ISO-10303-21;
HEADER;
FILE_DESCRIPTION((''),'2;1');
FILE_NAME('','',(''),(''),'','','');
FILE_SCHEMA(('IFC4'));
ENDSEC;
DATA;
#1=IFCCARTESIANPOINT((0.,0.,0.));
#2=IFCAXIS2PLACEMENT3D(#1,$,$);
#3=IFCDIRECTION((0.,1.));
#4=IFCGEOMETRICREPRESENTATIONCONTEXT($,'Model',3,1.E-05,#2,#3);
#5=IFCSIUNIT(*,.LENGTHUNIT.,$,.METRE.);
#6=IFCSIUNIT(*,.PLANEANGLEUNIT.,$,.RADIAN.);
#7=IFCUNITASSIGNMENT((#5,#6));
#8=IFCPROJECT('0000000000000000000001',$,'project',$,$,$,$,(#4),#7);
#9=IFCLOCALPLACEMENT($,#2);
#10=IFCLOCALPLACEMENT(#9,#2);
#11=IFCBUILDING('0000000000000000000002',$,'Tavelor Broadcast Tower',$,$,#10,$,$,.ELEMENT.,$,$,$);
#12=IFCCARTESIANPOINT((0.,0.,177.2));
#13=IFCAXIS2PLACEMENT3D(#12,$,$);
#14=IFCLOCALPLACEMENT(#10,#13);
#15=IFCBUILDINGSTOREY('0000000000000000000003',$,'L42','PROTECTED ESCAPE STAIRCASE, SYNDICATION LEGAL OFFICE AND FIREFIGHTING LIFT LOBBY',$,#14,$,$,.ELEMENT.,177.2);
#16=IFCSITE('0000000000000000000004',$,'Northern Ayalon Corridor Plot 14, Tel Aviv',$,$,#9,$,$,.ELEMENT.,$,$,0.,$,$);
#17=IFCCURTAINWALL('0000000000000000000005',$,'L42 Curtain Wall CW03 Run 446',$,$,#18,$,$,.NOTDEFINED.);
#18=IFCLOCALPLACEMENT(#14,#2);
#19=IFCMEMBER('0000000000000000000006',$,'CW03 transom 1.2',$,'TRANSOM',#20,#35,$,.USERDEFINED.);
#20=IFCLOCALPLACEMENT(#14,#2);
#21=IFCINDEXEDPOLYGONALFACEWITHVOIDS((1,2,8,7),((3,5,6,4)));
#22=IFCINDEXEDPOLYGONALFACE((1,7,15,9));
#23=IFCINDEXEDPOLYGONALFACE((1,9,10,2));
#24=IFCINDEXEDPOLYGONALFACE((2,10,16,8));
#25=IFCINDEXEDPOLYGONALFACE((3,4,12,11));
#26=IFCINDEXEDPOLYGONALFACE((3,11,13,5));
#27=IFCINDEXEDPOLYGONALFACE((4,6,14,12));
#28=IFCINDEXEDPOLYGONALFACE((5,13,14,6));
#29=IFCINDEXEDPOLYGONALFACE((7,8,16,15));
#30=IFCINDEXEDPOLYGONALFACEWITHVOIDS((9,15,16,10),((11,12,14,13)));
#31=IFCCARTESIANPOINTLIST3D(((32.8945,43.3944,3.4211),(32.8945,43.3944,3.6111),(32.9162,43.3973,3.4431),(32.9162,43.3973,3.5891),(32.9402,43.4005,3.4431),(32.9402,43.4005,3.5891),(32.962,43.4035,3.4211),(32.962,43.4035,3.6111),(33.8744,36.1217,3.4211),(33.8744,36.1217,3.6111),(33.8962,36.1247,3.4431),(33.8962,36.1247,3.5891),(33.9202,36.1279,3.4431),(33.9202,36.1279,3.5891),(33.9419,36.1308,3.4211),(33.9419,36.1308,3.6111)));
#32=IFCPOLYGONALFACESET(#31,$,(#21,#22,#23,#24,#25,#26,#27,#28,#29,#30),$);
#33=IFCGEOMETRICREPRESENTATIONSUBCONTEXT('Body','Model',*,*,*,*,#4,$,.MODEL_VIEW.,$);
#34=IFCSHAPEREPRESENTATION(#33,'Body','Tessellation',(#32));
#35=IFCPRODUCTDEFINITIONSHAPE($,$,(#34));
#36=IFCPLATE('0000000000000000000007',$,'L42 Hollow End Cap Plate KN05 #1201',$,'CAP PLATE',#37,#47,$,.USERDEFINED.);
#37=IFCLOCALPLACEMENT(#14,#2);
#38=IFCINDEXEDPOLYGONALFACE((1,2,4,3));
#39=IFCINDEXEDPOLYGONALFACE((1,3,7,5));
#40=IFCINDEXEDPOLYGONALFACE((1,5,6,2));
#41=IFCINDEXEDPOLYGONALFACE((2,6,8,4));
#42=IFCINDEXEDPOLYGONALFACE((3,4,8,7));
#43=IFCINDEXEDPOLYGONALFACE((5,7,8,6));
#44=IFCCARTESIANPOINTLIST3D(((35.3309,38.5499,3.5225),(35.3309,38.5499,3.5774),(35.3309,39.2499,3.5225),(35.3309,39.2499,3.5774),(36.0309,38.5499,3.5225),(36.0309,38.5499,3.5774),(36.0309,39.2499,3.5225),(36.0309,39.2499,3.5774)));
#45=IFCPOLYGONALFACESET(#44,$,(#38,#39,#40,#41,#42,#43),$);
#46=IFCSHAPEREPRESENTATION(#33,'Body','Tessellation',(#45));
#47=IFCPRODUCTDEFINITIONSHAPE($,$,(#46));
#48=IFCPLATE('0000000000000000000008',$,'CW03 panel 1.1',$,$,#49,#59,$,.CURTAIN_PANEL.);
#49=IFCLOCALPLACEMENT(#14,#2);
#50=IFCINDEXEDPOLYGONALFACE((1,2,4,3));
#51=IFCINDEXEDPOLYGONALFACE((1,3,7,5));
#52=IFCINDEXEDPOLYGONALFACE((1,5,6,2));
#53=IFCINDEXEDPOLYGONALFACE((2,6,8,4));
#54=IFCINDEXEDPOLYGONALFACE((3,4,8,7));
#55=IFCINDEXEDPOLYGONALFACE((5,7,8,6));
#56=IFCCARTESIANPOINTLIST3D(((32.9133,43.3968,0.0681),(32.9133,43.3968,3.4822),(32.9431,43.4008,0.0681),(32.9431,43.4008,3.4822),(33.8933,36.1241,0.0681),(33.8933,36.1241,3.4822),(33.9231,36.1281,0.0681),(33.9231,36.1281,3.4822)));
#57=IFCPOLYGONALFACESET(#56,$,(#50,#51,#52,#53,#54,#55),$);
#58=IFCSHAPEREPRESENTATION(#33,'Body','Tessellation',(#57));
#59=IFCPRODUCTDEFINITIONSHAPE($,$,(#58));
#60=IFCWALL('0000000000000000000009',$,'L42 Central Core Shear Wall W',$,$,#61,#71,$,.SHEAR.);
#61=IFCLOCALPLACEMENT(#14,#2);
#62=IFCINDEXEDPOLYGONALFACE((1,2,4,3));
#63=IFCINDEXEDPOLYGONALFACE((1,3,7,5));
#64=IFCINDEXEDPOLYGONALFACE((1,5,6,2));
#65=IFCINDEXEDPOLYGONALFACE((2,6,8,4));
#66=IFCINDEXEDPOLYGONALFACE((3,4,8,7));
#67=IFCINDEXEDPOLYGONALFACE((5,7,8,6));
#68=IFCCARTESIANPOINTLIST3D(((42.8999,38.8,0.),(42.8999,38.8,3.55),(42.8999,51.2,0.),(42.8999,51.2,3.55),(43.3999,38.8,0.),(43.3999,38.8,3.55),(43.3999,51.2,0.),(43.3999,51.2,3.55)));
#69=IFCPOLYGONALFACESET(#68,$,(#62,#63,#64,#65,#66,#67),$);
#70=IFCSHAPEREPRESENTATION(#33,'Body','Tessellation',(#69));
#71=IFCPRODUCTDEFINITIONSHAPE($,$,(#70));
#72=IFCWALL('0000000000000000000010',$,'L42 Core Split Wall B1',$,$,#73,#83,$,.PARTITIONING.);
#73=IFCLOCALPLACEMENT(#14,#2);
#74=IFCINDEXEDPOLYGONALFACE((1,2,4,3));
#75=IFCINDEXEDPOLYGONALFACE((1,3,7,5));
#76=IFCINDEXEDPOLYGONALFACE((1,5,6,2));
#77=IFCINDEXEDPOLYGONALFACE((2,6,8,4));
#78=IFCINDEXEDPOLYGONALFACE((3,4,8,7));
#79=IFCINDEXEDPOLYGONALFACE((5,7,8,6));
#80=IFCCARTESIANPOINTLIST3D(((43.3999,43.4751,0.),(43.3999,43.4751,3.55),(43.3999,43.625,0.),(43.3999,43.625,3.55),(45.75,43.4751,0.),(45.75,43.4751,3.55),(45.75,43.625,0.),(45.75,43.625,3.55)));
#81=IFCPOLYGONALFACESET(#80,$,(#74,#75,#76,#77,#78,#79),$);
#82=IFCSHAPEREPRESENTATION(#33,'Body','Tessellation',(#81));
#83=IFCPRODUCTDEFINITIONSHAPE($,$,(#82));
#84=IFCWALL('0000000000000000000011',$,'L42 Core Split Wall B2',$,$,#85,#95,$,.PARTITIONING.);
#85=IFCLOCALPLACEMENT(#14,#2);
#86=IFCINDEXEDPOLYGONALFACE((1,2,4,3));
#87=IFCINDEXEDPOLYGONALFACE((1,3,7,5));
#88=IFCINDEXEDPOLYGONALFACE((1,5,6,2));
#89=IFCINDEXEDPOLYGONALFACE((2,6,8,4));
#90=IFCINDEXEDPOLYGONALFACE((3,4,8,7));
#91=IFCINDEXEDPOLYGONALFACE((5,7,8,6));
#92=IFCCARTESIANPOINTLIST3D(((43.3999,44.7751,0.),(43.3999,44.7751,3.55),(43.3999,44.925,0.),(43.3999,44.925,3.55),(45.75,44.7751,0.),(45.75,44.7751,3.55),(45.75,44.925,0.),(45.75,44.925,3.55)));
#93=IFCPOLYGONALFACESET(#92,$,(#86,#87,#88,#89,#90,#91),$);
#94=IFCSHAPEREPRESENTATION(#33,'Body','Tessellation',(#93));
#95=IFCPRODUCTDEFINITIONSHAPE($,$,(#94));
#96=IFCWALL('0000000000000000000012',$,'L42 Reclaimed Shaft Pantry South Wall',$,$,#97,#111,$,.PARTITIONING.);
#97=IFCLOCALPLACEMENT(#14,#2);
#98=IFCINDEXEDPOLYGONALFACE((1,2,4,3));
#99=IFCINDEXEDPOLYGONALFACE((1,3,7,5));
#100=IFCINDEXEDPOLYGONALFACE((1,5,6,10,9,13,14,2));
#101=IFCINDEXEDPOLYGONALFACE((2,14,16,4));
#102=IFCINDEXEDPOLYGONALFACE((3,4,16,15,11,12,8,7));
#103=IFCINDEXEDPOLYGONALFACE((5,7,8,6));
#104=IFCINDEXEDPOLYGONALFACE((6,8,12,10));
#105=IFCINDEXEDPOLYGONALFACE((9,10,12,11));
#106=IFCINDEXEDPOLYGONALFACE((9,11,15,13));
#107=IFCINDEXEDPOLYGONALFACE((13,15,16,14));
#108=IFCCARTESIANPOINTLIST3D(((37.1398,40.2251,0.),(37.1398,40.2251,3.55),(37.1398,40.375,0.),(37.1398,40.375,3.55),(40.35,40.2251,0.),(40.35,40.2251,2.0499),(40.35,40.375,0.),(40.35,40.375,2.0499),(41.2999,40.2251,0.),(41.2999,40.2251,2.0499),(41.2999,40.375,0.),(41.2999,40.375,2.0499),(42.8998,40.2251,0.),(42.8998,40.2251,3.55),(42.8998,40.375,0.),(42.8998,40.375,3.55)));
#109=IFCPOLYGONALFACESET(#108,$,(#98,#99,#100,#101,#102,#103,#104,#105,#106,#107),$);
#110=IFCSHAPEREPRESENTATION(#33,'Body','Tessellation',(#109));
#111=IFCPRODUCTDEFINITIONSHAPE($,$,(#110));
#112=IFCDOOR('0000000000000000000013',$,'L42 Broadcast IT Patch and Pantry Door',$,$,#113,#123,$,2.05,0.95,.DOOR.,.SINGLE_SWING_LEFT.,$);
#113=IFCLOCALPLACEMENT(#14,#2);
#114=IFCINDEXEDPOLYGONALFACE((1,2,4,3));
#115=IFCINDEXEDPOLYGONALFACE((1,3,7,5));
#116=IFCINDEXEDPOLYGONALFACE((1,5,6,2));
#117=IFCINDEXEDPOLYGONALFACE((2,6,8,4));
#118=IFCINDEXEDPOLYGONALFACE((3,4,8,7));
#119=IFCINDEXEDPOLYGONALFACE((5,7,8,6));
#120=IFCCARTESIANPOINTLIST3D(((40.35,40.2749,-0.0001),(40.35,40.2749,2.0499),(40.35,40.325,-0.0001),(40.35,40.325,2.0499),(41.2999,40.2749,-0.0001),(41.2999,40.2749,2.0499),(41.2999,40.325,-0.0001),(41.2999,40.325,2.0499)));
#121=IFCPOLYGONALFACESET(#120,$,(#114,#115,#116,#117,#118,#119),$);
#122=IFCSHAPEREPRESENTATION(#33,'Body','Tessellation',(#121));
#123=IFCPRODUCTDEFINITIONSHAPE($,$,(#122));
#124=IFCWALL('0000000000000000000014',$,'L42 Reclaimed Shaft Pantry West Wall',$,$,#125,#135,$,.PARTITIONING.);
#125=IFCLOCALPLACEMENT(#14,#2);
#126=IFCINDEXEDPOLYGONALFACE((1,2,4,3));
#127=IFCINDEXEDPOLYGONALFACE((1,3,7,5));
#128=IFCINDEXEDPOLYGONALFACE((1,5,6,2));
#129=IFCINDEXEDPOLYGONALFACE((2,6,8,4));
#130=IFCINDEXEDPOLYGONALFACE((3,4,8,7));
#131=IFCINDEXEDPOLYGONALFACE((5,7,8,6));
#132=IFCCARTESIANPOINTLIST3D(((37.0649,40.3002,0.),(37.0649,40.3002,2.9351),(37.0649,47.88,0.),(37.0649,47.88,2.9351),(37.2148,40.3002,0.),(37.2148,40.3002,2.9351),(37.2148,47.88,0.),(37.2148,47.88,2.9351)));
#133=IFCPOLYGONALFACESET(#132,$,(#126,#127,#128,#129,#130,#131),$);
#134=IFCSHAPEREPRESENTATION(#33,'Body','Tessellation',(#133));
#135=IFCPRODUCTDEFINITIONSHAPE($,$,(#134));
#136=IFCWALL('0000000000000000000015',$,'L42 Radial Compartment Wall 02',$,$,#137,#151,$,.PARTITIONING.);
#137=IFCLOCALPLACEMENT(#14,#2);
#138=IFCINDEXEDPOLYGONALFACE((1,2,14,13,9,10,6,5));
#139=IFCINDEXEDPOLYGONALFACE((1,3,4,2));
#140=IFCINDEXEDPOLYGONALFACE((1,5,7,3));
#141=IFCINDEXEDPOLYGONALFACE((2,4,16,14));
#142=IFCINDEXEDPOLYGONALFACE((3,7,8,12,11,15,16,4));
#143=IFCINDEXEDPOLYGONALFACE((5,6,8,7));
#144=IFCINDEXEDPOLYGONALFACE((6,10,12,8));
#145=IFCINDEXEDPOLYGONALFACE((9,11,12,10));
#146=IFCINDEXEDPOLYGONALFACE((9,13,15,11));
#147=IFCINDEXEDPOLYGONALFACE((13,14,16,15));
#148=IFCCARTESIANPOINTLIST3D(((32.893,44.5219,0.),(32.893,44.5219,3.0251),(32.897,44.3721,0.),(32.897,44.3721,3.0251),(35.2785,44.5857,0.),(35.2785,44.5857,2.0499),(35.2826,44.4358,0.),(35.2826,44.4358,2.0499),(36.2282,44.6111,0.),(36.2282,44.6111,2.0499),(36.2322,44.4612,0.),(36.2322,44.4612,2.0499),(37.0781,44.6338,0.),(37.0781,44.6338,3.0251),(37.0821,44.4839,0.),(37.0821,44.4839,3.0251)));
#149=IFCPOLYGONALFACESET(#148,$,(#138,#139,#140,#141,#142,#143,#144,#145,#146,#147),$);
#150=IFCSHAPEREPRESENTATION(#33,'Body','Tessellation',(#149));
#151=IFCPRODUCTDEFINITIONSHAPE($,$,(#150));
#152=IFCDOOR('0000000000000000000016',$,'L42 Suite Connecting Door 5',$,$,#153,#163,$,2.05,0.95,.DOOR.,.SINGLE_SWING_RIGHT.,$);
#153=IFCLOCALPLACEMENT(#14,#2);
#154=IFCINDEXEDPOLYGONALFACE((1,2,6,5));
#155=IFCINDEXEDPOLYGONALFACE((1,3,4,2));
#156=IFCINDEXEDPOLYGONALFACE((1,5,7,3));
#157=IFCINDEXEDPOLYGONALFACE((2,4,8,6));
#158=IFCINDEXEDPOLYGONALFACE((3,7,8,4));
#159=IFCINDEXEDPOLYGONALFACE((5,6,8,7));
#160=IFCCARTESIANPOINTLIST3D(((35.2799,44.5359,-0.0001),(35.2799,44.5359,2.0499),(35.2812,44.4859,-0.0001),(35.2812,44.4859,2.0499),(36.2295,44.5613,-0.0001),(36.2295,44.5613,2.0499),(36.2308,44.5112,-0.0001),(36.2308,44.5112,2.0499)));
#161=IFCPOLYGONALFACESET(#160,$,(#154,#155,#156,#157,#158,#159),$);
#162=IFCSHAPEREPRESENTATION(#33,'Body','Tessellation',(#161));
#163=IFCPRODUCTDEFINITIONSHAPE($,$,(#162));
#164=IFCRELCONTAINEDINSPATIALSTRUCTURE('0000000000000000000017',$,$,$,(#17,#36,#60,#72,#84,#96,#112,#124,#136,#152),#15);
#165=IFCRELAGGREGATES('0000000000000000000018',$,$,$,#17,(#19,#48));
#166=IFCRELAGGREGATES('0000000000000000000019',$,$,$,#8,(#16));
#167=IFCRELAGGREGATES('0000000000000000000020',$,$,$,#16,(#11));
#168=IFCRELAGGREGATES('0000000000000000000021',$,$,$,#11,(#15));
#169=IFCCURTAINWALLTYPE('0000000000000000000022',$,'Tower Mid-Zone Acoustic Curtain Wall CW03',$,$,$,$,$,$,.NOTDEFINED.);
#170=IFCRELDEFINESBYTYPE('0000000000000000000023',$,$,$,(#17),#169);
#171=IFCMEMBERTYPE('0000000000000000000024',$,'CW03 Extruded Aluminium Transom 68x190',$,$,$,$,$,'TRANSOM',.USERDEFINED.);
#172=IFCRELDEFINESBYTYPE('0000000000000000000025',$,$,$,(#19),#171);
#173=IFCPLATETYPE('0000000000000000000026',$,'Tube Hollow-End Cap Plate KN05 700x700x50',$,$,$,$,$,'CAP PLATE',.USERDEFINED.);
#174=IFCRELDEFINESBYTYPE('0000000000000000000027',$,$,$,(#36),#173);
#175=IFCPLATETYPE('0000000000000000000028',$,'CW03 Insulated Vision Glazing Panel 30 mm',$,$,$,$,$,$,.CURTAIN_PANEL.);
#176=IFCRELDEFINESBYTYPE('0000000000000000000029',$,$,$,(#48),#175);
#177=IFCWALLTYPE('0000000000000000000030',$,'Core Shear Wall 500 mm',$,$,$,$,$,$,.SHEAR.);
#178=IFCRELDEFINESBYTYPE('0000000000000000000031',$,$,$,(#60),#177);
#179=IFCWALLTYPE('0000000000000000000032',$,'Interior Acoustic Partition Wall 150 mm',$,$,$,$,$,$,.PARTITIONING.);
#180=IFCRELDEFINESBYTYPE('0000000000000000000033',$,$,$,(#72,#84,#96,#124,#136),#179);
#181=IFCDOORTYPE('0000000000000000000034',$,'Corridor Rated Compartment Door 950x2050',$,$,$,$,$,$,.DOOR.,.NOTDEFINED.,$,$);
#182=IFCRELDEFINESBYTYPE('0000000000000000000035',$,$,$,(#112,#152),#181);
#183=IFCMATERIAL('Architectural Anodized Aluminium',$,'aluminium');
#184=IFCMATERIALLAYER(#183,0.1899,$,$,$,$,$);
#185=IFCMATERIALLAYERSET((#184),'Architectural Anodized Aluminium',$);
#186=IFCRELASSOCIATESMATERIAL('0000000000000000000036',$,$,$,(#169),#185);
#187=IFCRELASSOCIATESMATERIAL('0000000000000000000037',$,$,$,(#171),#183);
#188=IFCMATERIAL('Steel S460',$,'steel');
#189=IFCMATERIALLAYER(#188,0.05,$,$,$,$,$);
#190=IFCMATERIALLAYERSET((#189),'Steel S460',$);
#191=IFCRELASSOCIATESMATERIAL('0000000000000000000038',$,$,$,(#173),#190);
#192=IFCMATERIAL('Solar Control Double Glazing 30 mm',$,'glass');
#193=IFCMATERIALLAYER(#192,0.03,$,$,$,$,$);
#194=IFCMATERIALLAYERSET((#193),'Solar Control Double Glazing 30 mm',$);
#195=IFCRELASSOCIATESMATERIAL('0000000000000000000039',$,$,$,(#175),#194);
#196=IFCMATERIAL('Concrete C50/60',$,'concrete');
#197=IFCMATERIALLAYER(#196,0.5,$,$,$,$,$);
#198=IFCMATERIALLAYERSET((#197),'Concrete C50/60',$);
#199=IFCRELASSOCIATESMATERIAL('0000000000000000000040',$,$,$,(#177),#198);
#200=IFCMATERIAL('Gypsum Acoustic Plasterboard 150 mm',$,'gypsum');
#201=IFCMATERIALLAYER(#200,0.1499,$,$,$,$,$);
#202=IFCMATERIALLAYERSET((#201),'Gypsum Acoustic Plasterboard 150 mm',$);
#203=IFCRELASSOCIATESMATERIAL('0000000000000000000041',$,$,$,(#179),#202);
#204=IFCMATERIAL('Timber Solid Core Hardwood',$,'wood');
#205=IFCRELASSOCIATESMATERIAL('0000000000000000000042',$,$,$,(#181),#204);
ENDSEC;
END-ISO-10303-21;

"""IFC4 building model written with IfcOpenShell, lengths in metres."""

from ifc_helpers import new_model, si_unit, direction, frame, frame_2d, origin, origin_2d, place, context, subcontext, project, spatial, rectangle, hollow_rectangle, extrude, source, transform, mapped, material, layer, layer_set, material_profile, profile_set, type_object, type_shapes, element, fill, aggregate, save


model = new_model("IFC4")

# Units and contexts
model_context = context("Model", 3, precision=1e-05, world=origin(), true_north=direction((0.0, 1.0)))
body_context = subcontext(model_context, "Body", "Model", "MODEL_VIEW")
ifc_project = project(units=[si_unit("LENGTHUNIT", "METRE"), si_unit("PLANEANGLEUNIT", "RADIAN")], contexts=[model_context])

# Site, building, storey
site_placement = place(None, origin())
site = spatial("IfcSite", under=ifc_project, at=site_placement, Name="Northern Ayalon Corridor Plot 14, Tel Aviv", CompositionType="ELEMENT", RefElevation=0.0)
building_placement = place(site_placement, origin())
building = spatial("IfcBuilding", under=site, at=building_placement, Name="Tavelor Broadcast Tower", CompositionType="ELEMENT")
storey_placement = place(building_placement, frame((0.0, 0.0, 177.2)))
storey = spatial("IfcBuildingStorey", under=building, at=storey_placement, Name="L42", Description="PROTECTED ESCAPE STAIRCASE, SYNDICATION LEGAL OFFICE AND FIREFIGHTING LIFT LOBBY", CompositionType="ELEMENT", Elevation=177.2)

# Shared definitions
ifc_material_1 = material(Name="Concrete C50/60", Category="concrete")
ifc_material_2 = material(Name="Steel S460", Category="steel")

# Shared definitions
ifc_material_3 = material(Name="Architectural Anodized Aluminium", Category="aluminium")
ifc_layer_1 = layer(ifc_material_3, 0.1899)
ifc_layer_set_1 = layer_set([ifc_layer_1], Name="Architectural Anodized Aluminium")
curtain_wall_type = type_object("IfcCurtainWallType", Name="Tower Mid-Zone Acoustic Curtain Wall CW03", PredefinedType="NOTDEFINED", material=ifc_layer_set_1)

# Curtain wall, member
curtain_wall_1_placement = place(storey_placement, origin())
curtain_wall_1 = element("IfcCurtainWall", 1, at=curtain_wall_1_placement, inside=storey, type_object=curtain_wall_type, Name="L42 Curtain Wall CW03 Run 446", PredefinedType="NOTDEFINED")
ifc_material_profile_1 = material_profile(ifc_material_3, hollow_rectangle(XDim=0.0681, YDim=0.1899, WallThickness=0.022, at=origin_2d()), Name="RHS 68x190x22")
ifc_profile_set_1 = profile_set([ifc_material_profile_1], Name="Architectural Anodized Aluminium")
member_type_1 = type_object("IfcMemberType", Name="CW03 Extruded Aluminium Transom 68x190", ElementType="TRANSOM", PredefinedType="USERDEFINED", material=ifc_profile_set_1)
shared_shape_1 = source(origin(), body_context, "Body", "SweptSolid", [
    extrude(hollow_rectangle(XDim=0.0681, YDim=0.1899, WallThickness=0.022, at=origin_2d()), origin(), (0.0, 0.0, 1.0), 7.3384),
])
type_shapes(member_type_1, [shared_shape_1])
member_1_placement = place(storey_placement, frame((32.9282, 43.3989, 3.5161), z_axis=(0.133541, -0.991043, 0.0), x_axis=(0.991043, 0.133541, 0.0)))
member_1 = element("IfcMember", 2, at=member_1_placement, type_object=member_type_1, Name="CW03 transom 1.2", ObjectType="TRANSOM", PredefinedType="USERDEFINED", context=body_context, shape_type="MappedRepresentation", body=[
    mapped(shared_shape_1, transform((0.0, 0.0, 0.0), scale=1.0)),
])

# Plates
ifc_layer_2 = layer(ifc_material_2, 0.05)
ifc_layer_set_2 = layer_set([ifc_layer_2], Name="Steel S460")
plate_type_1 = type_object("IfcPlateType", Name="Tube Hollow-End Cap Plate KN05 700x700x50", ElementType="CAP PLATE", PredefinedType="USERDEFINED", material=ifc_layer_set_2)
shared_shape_2 = source(origin(), body_context, "Body", "SweptSolid", [
    extrude(rectangle(XDim=0.7, YDim=0.7, at=origin_2d()), origin(), (0.0, 0.0, 1.0), 0.0549),
])
type_shapes(plate_type_1, [shared_shape_2])
plate_1_placement = place(storey_placement, frame((35.6809, 38.8999, 3.5225), z_axis=(0.0, 0.0, 1.0), x_axis=(1.0, 0.0, 0.0)))
element("IfcPlate", 3, at=plate_1_placement, inside=storey, type_object=plate_type_1, Name="L42 Hollow End Cap Plate KN05 #1201", ObjectType="CAP PLATE", PredefinedType="USERDEFINED", context=body_context, shape_type="MappedRepresentation", body=[
    mapped(shared_shape_2, transform((0.0, 0.0, 0.0), scale=1.0)),
])
ifc_material_4 = material(Name="Solar Control Double Glazing 30 mm", Category="glass")
ifc_layer_3 = layer(ifc_material_4, 0.03)
ifc_layer_set_3 = layer_set([ifc_layer_3], Name="Solar Control Double Glazing 30 mm")
plate_type_2 = type_object("IfcPlateType", Name="CW03 Insulated Vision Glazing Panel 30 mm", PredefinedType="CURTAIN_PANEL", material=ifc_layer_set_3)
shared_shape_3 = source(origin(), body_context, "Body", "SweptSolid", [
    extrude(rectangle(XDim=7.3384, YDim=0.03, at=origin_2d()), origin(), (0.0, 0.0, 1.0), 3.4141),
])
type_shapes(plate_type_2, [shared_shape_3])
plate_2_placement = place(storey_placement, frame((33.4182, 39.7625, 0.0681), z_axis=(0.0, 0.0, 1.0), x_axis=(0.133548, -0.991042, 0.0)))
plate_2 = element("IfcPlate", 4, at=plate_2_placement, type_object=plate_type_2, Name="CW03 panel 1.1", PredefinedType="CURTAIN_PANEL", context=body_context, shape_type="MappedRepresentation", body=[
    mapped(shared_shape_3, transform((0.0, 0.0, 0.0), scale=1.0)),
])
aggregate(curtain_wall_1, [member_1, plate_2])

# Wall
ifc_layer_4 = layer(ifc_material_1, 0.5)
ifc_layer_set_4 = layer_set([ifc_layer_4], Name="Concrete C50/60")
wall_type_1 = type_object("IfcWallType", Name="Core Shear Wall 500 mm", PredefinedType="SHEAR", material=ifc_layer_set_4)
wall_1_placement = place(storey_placement, frame((43.1499, 38.8, 0.0), z_axis=(0.0, 0.0, 1.0), x_axis=(0.0, 1.0, 0.0)))
element("IfcWall", 5, at=wall_1_placement, inside=storey, type_object=wall_type_1, Name="L42 Central Core Shear Wall W", PredefinedType="SHEAR", context=body_context, shape_type="SweptSolid", body=[
    extrude(rectangle(XDim=12.3999, YDim=0.5, at=frame_2d((6.2, 0.0))), origin(), (0.0, 0.0, 1.0), 3.55),
])

# Walls
ifc_material_5 = material(Name="Gypsum Acoustic Plasterboard 150 mm", Category="gypsum")
ifc_layer_5 = layer(ifc_material_5, 0.1499)
ifc_layer_set_5 = layer_set([ifc_layer_5], Name="Gypsum Acoustic Plasterboard 150 mm")
wall_type_2 = type_object("IfcWallType", Name="Interior Acoustic Partition Wall 150 mm", PredefinedType="PARTITIONING", material=ifc_layer_set_5)
for number, where, z_axis, x_axis, name in (
    (6, (43.3999, 43.55, 0.0), (0.0, 0.0, 1.0), (1.0, 0.0, 0.0), "L42 Core Split Wall B1"),
    (7, (43.3999, 44.8501, 0.0), (0.0, 0.0, 1.0), (1.0, 0.0, 0.0), "L42 Core Split Wall B2"),
):
    element("IfcWall", number, at=place(storey_placement, frame(where, z_axis=z_axis, x_axis=x_axis)), inside=storey, type_object=wall_type_2, Name=name, PredefinedType="PARTITIONING", context=body_context, shape_type="SweptSolid", body=[
        extrude(rectangle(XDim=2.3501, YDim=0.1499, at=frame_2d((1.175, 0.0))), origin(), (0.0, 0.0, 1.0), 3.55),
    ])

# Wall, opening, door
wall_2_placement = place(storey_placement, frame((37.1399, 40.3, 0.0), z_axis=(0.0, 0.0, 1.0), x_axis=(1.0, 0.0, 0.0)))
wall_2 = element("IfcWall", 8, at=wall_2_placement, inside=storey, type_object=wall_type_2, Name="L42 Reclaimed Shaft Pantry South Wall", PredefinedType="PARTITIONING", context=body_context, shape_type="SweptSolid", body=[
    extrude(rectangle(XDim=5.76, YDim=0.1499, at=frame_2d((2.8799, 0.0))), origin(), (0.0, 0.0, 1.0), 3.55),
])
opening_1_placement = place(wall_2_placement, frame((3.21, 0.0, 0.0)))
opening_1 = element("IfcOpeningElement", 9, at=opening_1_placement, cuts=wall_2, PredefinedType="OPENING", context=body_context, shape_type="SweptSolid", body=[
    extrude(rectangle(XDim=0.95, YDim=2.05, at=frame_2d((0.4751, 1.0249))), frame((0.0, 0.085, 0.0), z_axis=(0.0, -1.0, 0.0), x_axis=(1.0, 0.0, 0.0)), (0.0, 0.0, 1.0), 0.1699),
])
ifc_material_6 = material(Name="Timber Solid Core Hardwood", Category="wood")
door_type_1 = type_object("IfcDoorType", Name="Corridor Rated Compartment Door 950x2050", OperationType="NOTDEFINED", PredefinedType="DOOR", material=ifc_material_6)
door_1_placement = place(opening_1_placement, origin())
door_1 = element("IfcDoor", 10, at=door_1_placement, inside=storey, type_object=door_type_1, Name="L42 Broadcast IT Patch and Pantry Door", OperationType="SINGLE_SWING_LEFT", OverallHeight=2.05, OverallWidth=0.95, PredefinedType="DOOR", context=body_context, shape_type="SweptSolid", body=[
    extrude(rectangle(XDim=0.95, YDim=2.05, at=frame_2d((0.4751, 1.0249))), frame((0.0, 0.0249, 0.0), z_axis=(0.0, -1.0, 0.0), x_axis=(1.0, 0.0, 0.0)), (0.0, 0.0, 1.0), 0.05),
])
fill(opening_1, door_1)

# Wall
wall_3_placement = place(storey_placement, frame((37.1399, 40.3, 0.0), z_axis=(0.0, 0.0, 1.0), x_axis=(0.0, 1.0, 0.0)))
element("IfcWall", 11, at=wall_3_placement, inside=storey, type_object=wall_type_2, Name="L42 Reclaimed Shaft Pantry West Wall", PredefinedType="PARTITIONING", context=body_context, shape_type="SweptSolid", body=[
    extrude(rectangle(XDim=7.5798, YDim=0.1499, at=frame_2d((3.79, 0.0))), origin(), (0.0, 0.0, 1.0), 2.9351),
])

# Wall, opening, door
wall_4_placement = place(storey_placement, frame((37.0801, 44.5588, 0.0), z_axis=(0.0, 0.0, 1.0), x_axis=(-0.999643, -0.026708, 0.0)))
wall_4 = element("IfcWall", 12, at=wall_4_placement, inside=storey, type_object=wall_type_2, Name="L42 Radial Compartment Wall 02", PredefinedType="PARTITIONING", context=body_context, shape_type="SweptSolid", body=[
    extrude(rectangle(XDim=4.1865, YDim=0.1499, at=frame_2d((2.0933, 0.0))), origin(), (0.0, 0.0, 1.0), 3.0251),
])
opening_2_placement = place(wall_4_placement, frame((0.8501, 0.0, 0.0)))
opening_2 = element("IfcOpeningElement", 13, at=opening_2_placement, cuts=wall_4, PredefinedType="OPENING", context=body_context, shape_type="SweptSolid", body=[
    extrude(rectangle(XDim=0.95, YDim=2.05, at=frame_2d((0.4751, 1.0249))), frame((0.0, 0.085, 0.0), z_axis=(0.0, -1.0, 0.0), x_axis=(1.0, 0.0, 0.0)), (0.0, 0.0, 1.0), 0.1699),
])
door_2_placement = place(opening_2_placement, origin())
door_2 = element("IfcDoor", 14, at=door_2_placement, inside=storey, type_object=door_type_1, Name="L42 Suite Connecting Door 5", OperationType="SINGLE_SWING_RIGHT", OverallHeight=2.05, OverallWidth=0.95, PredefinedType="DOOR", context=body_context, shape_type="SweptSolid", body=[
    extrude(rectangle(XDim=0.95, YDim=2.05, at=frame_2d((0.4751, 1.0249))), frame((0.0, 0.0249, 0.0), z_axis=(0.0, -1.0, 0.0), x_axis=(1.0, 0.0, 0.0)), (0.0, 0.0, 1.0), 0.05),
])
fill(opening_2, door_2)

save(model, "model.ifc")
